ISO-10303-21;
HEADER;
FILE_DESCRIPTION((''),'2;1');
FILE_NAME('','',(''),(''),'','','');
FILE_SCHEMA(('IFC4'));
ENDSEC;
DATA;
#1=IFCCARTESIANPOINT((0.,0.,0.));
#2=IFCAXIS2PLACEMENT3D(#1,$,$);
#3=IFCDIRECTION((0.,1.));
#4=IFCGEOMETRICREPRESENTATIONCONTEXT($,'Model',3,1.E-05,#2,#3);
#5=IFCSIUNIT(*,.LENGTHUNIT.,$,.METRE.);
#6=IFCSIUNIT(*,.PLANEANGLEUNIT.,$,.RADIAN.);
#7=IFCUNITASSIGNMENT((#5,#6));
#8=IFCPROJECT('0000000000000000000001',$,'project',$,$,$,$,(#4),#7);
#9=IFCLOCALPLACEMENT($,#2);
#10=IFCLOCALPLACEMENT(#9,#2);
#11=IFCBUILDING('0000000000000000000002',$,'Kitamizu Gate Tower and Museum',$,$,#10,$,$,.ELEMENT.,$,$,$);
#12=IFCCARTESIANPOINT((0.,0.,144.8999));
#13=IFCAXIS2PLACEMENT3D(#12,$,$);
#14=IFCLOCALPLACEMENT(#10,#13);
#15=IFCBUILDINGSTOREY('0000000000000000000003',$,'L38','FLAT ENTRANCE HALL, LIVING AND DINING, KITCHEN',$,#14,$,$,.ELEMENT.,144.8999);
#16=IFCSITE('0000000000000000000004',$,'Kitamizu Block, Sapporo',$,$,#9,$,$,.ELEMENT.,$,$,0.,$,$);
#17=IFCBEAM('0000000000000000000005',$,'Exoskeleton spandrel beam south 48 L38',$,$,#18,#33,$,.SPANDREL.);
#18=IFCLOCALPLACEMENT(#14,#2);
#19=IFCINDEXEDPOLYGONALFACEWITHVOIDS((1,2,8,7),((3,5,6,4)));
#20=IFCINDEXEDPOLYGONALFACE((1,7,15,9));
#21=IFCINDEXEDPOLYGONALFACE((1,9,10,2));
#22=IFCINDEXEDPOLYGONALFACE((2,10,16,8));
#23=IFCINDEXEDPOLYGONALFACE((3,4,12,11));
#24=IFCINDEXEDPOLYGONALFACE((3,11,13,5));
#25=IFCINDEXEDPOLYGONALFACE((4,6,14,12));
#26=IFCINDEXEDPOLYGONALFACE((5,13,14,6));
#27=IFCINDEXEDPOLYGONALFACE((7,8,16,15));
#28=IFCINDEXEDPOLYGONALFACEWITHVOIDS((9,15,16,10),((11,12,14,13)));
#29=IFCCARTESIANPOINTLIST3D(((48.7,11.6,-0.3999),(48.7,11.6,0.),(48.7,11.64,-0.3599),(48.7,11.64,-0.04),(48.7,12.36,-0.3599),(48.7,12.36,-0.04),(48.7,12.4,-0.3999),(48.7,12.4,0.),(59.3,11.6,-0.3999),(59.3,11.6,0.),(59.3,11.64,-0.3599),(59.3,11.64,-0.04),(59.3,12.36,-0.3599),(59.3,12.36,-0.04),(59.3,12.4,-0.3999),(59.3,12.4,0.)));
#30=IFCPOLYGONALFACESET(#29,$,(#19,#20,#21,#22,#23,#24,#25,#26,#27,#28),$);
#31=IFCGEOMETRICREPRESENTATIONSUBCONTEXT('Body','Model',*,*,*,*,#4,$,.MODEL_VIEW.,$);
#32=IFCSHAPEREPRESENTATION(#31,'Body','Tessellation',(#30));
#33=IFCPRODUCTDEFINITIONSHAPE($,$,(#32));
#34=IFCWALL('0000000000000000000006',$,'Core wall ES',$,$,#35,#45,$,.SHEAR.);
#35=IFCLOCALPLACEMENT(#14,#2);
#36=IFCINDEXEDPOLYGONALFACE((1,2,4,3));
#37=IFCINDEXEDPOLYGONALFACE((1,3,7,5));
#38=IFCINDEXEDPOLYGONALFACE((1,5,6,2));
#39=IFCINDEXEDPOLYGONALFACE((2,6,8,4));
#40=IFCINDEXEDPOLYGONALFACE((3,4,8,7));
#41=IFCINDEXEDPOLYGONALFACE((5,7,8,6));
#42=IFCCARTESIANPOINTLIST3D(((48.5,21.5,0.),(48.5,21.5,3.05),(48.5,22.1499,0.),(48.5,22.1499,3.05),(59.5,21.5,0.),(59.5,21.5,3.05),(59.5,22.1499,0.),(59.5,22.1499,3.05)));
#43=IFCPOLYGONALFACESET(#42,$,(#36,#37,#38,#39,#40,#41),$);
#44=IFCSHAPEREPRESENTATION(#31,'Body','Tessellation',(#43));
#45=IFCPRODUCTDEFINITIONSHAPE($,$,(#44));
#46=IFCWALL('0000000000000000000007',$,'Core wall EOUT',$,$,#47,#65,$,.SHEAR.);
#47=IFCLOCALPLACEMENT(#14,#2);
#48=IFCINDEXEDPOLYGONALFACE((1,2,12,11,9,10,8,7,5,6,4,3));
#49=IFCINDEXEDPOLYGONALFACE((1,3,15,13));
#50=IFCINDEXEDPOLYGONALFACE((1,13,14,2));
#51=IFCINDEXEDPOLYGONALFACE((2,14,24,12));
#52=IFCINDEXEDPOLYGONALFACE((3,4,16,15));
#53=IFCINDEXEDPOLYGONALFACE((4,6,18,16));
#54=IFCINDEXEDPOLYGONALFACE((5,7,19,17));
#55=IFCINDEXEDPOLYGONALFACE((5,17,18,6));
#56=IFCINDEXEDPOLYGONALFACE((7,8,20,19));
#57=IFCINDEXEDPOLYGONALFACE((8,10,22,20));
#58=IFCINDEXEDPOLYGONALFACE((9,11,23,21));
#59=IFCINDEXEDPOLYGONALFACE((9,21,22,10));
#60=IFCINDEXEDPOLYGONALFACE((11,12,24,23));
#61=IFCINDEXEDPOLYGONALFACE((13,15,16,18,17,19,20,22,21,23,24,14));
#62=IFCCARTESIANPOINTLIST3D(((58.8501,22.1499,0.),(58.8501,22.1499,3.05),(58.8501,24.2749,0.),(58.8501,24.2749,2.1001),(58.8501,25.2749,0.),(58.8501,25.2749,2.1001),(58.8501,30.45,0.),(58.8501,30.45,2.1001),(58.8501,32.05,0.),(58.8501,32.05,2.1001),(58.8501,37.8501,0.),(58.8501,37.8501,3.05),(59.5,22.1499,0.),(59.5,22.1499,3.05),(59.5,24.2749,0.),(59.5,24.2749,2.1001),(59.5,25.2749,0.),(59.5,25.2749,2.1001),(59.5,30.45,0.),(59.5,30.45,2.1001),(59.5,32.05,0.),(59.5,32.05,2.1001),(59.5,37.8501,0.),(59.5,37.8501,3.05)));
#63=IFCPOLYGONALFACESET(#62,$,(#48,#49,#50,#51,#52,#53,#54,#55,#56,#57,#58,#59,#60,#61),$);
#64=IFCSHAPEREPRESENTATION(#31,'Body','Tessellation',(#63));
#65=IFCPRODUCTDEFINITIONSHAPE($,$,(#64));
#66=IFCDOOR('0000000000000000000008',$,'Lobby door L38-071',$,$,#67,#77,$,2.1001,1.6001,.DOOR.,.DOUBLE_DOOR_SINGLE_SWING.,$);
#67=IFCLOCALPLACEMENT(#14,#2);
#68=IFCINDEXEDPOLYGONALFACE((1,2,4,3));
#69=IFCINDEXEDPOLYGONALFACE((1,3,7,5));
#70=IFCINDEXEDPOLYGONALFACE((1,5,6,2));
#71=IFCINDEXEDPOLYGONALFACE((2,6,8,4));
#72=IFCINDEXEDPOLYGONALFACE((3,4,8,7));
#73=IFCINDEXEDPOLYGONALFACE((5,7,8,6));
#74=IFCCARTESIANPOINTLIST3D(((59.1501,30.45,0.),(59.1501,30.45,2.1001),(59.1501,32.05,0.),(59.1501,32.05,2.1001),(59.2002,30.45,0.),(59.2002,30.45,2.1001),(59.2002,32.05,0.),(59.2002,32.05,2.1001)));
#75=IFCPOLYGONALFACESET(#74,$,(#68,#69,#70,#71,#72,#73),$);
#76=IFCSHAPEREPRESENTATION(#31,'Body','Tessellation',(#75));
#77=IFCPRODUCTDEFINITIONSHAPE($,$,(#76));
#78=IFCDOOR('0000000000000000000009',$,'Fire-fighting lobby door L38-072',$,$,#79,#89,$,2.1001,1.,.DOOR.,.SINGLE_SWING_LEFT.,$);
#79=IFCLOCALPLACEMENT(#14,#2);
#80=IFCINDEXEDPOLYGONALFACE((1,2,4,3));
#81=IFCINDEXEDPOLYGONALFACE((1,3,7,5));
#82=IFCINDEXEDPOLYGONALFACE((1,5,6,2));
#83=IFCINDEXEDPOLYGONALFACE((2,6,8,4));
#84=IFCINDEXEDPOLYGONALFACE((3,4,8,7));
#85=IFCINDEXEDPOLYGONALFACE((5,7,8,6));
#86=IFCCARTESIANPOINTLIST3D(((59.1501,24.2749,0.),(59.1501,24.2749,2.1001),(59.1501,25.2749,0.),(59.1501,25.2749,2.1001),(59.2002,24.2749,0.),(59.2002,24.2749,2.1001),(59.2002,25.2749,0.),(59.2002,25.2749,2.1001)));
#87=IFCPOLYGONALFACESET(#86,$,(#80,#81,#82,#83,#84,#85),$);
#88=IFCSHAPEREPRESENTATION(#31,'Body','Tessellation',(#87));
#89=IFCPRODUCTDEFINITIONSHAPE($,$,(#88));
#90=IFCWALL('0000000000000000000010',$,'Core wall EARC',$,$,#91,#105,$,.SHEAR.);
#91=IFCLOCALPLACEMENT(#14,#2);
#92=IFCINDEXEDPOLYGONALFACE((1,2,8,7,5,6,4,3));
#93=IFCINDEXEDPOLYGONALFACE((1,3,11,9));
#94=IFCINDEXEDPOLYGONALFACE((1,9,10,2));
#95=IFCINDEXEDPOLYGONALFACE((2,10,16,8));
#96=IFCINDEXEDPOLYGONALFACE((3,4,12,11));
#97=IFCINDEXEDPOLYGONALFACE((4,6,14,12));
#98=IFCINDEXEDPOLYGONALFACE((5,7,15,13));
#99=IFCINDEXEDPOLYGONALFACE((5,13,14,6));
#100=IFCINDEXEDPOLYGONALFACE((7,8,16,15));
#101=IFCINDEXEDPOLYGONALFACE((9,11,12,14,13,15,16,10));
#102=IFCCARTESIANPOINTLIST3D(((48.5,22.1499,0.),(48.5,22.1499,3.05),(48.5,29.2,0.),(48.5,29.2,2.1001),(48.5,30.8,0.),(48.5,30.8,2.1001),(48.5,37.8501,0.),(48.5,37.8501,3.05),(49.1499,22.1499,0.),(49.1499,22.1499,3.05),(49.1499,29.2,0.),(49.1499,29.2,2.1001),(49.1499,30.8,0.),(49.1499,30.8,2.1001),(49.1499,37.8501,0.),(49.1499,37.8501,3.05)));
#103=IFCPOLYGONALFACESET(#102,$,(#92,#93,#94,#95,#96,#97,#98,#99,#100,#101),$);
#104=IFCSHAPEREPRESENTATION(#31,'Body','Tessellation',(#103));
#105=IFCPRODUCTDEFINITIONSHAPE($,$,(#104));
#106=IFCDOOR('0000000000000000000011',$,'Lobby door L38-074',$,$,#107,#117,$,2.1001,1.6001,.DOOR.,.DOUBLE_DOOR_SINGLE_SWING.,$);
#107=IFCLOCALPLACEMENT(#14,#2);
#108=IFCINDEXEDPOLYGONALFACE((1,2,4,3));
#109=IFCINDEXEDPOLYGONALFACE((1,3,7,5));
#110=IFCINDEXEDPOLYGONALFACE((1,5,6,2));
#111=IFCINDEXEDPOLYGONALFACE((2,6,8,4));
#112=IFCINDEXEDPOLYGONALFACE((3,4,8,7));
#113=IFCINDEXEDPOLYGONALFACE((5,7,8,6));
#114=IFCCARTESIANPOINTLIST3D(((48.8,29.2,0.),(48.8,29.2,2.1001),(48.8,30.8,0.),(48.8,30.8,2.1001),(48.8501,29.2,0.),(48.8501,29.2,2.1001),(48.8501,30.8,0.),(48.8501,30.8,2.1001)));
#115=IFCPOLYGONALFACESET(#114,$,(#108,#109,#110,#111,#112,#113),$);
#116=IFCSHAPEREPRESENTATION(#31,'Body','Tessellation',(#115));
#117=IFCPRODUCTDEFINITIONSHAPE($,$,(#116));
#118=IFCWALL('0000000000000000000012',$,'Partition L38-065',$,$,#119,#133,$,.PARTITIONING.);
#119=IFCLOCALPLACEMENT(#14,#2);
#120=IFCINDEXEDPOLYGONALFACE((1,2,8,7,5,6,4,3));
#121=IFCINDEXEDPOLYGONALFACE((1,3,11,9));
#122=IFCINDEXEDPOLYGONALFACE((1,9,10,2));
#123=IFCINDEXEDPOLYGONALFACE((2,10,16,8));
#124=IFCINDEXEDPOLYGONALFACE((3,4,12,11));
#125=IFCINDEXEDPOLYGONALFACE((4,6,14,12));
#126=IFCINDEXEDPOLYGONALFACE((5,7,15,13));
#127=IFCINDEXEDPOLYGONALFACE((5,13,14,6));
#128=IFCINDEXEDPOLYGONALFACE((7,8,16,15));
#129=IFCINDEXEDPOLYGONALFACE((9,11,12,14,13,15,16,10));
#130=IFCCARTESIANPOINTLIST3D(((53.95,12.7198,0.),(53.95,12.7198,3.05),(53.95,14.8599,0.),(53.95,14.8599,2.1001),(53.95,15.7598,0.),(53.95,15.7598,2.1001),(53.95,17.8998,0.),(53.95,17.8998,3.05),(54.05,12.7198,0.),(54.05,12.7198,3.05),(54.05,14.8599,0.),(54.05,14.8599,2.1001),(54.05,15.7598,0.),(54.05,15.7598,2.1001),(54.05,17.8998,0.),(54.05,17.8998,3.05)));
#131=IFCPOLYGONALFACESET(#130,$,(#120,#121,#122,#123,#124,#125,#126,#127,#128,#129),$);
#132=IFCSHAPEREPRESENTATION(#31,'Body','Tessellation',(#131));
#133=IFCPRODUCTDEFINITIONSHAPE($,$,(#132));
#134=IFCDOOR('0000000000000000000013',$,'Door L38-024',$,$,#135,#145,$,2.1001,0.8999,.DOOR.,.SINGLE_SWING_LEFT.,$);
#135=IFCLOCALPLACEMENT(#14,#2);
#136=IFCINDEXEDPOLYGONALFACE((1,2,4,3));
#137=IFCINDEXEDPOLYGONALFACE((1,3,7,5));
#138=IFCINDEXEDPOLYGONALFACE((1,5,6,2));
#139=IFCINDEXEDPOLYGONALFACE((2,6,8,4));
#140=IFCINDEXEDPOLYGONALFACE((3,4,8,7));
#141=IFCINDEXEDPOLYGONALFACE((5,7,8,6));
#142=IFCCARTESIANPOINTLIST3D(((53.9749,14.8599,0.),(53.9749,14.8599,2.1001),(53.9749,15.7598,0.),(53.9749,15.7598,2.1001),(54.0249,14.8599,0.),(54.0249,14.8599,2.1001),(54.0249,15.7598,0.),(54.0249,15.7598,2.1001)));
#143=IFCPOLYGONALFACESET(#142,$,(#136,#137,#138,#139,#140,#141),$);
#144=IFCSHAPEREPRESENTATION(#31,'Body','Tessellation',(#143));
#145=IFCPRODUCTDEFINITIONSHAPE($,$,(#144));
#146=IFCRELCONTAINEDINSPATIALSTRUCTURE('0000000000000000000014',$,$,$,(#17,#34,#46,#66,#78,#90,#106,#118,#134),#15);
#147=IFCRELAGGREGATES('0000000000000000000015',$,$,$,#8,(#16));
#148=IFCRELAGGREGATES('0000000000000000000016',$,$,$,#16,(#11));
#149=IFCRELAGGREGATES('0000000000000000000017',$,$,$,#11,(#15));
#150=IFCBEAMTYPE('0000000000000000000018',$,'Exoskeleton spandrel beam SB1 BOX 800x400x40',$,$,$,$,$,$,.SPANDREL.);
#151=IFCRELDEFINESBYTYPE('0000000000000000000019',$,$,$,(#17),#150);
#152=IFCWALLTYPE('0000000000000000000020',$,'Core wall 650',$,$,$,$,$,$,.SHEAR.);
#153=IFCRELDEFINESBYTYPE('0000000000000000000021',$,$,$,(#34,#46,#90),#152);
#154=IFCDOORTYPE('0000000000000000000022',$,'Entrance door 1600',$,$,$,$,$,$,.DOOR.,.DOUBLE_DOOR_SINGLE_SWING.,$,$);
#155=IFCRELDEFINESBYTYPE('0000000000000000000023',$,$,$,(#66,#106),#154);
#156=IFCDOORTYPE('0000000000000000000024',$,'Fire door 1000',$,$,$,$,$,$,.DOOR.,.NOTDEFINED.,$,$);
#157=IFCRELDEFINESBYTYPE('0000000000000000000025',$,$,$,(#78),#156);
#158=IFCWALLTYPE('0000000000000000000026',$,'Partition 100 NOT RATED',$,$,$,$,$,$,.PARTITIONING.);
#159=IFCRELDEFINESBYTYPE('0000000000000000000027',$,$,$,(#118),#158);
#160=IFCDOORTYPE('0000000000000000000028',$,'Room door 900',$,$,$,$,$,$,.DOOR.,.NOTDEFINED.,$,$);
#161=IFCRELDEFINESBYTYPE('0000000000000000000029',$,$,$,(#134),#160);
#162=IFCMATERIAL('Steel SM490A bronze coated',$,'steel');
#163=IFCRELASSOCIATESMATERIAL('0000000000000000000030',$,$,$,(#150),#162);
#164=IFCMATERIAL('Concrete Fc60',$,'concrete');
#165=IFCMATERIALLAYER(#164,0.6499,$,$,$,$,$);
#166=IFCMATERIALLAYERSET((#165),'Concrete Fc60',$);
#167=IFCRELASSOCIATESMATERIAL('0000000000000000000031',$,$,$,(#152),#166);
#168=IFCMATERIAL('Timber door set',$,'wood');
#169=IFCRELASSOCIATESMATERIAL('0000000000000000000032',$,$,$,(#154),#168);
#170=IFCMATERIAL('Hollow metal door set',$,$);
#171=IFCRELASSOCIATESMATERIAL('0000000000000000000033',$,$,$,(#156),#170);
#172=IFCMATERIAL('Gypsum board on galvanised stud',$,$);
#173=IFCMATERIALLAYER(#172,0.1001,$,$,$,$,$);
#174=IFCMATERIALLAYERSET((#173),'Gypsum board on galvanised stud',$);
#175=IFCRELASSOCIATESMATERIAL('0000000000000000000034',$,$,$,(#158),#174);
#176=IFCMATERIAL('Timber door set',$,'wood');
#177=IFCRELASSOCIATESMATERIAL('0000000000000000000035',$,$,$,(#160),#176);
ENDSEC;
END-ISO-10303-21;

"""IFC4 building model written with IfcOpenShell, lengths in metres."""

from ifc_helpers import new_model, si_unit, direction, frame, frame_2d, origin, origin_2d, place, context, subcontext, project, spatial, rectangle, hollow_rectangle, extrude, material, layer, layer_set, material_profile, profile_set, type_object, element, fill, save


model = new_model("IFC4")

# Units and contexts
model_context = context("Model", 3, precision=1e-05, world=origin(), true_north=direction((0.0, 1.0)))
body_context = subcontext(model_context, "Body", "Model", "MODEL_VIEW")
ifc_project = project(units=[si_unit("LENGTHUNIT", "METRE"), si_unit("PLANEANGLEUNIT", "RADIAN")], contexts=[model_context])

# Site, building, storey
site_placement = place(None, origin())
site = spatial("IfcSite", under=ifc_project, at=site_placement, Name="Kitamizu Block, Sapporo", CompositionType="ELEMENT", RefElevation=0.0)
building_placement = place(site_placement, origin())
building = spatial("IfcBuilding", under=site, at=building_placement, Name="Kitamizu Gate Tower and Museum", CompositionType="ELEMENT")
storey_placement = place(building_placement, frame((0.0, 0.0, 144.8999)))
storey = spatial("IfcBuildingStorey", under=building, at=storey_placement, Name="L38", Description="FLAT ENTRANCE HALL, LIVING AND DINING, KITCHEN", CompositionType="ELEMENT", Elevation=144.8999)

# Beam
ifc_material_1 = material(Name="Steel SM490A bronze coated", Category="steel")
ifc_material_profile = material_profile(ifc_material_1, hollow_rectangle(XDim=0.8, YDim=0.3999, WallThickness=0.04, at=origin_2d()), Name="BOX 800x400x40")
ifc_profile_set = profile_set([ifc_material_profile], Name="Steel SM490A bronze coated")
beam_type = type_object("IfcBeamType", Name="Exoskeleton spandrel beam SB1 BOX 800x400x40", PredefinedType="SPANDREL", material=ifc_profile_set)
beam_placement = place(storey_placement, frame((48.7, 12.0, -0.2), z_axis=(1.0, 0.0, 0.0), x_axis=(0.0, 1.0, 0.0)))
element("IfcBeam", 1, at=beam_placement, inside=storey, type_object=beam_type, Name="Exoskeleton spandrel beam south 48 L38", PredefinedType="SPANDREL", context=body_context, shape_type="SweptSolid", body=[
    extrude(hollow_rectangle(XDim=0.8, YDim=0.3999, WallThickness=0.04, at=origin_2d()), origin(), (0.0, 0.0, 1.0), 10.6001),
])

# Wall
ifc_material_2 = material(Name="Concrete Fc60", Category="concrete")
ifc_layer_1 = layer(ifc_material_2, 0.6499)
ifc_layer_set_1 = layer_set([ifc_layer_1], Name="Concrete Fc60")
wall_type_1 = type_object("IfcWallType", Name="Core wall 650", PredefinedType="SHEAR", material=ifc_layer_set_1)
wall_1_placement = place(storey_placement, frame((59.5, 21.825, 0.0), z_axis=(0.0, 0.0, 1.0), x_axis=(-1.0, 0.0, 0.0)))
element("IfcWall", 2, at=wall_1_placement, inside=storey, type_object=wall_type_1, Name="Core wall ES", PredefinedType="SHEAR", context=body_context, shape_type="SweptSolid", body=[
    extrude(rectangle(XDim=11.0, YDim=0.6499, at=frame_2d((5.5, 0.0))), origin(), (0.0, 0.0, 1.0), 3.05),
])

# Wall, openings, doors
wall_2_placement = place(storey_placement, frame((59.175, 22.1499, 0.0), z_axis=(0.0, 0.0, 1.0), x_axis=(0.0, 1.0, 0.0)))
wall_2 = element("IfcWall", 3, at=wall_2_placement, inside=storey, type_object=wall_type_1, Name="Core wall EOUT", PredefinedType="SHEAR", context=body_context, shape_type="SweptSolid", body=[
    extrude(rectangle(XDim=15.7002, YDim=0.6499, at=frame_2d((7.8501, 0.0))), origin(), (0.0, 0.0, 1.0), 3.05),
])
opening_1_placement = place(wall_2_placement, frame((8.3, 0.0, 0.0)))
opening_1 = element("IfcOpeningElement", 4, at=opening_1_placement, cuts=wall_2, PredefinedType="OPENING", context=body_context, shape_type="SweptSolid", body=[
    extrude(rectangle(XDim=1.6001, YDim=2.1001, at=frame_2d((0.8, 1.05))), frame((0.0, 0.335, 0.0), z_axis=(0.0, -1.0, 0.0), x_axis=(1.0, 0.0, 0.0)), (0.0, 0.0, 1.0), 0.6699),
])
opening_2_placement = place(wall_2_placement, frame((2.125, 0.0, 0.0)))
opening_2 = element("IfcOpeningElement", 5, at=opening_2_placement, cuts=wall_2, PredefinedType="OPENING", context=body_context, shape_type="SweptSolid", body=[
    extrude(rectangle(XDim=1.0, YDim=2.1001, at=frame_2d((0.5, 1.05))), frame((0.0, 0.335, 0.0), z_axis=(0.0, -1.0, 0.0), x_axis=(1.0, 0.0, 0.0)), (0.0, 0.0, 1.0), 0.6699),
])
ifc_material_3 = material(Name="Timber door set", Category="wood")
door_type_1 = type_object("IfcDoorType", Name="Entrance door 1600", OperationType="DOUBLE_DOOR_SINGLE_SWING", PredefinedType="DOOR", material=ifc_material_3)
door_1_placement = place(opening_1_placement, origin())
door_1 = element("IfcDoor", 6, at=door_1_placement, inside=storey, type_object=door_type_1, Name="Lobby door L38-071", OperationType="DOUBLE_DOOR_SINGLE_SWING", OverallHeight=2.1001, OverallWidth=1.6001, PredefinedType="DOOR", context=body_context, shape_type="SweptSolid", body=[
    extrude(rectangle(XDim=1.6001, YDim=2.1001, at=frame_2d((0.8, 1.05))), frame((0.0, 0.0249, 0.0), z_axis=(0.0, -1.0, 0.0), x_axis=(1.0, 0.0, 0.0)), (0.0, 0.0, 1.0), 0.05),
])
fill(opening_1, door_1)
ifc_material_4 = material(Name="Hollow metal door set")
door_type_2 = type_object("IfcDoorType", Name="Fire door 1000", OperationType="NOTDEFINED", PredefinedType="DOOR", material=ifc_material_4)
door_2_placement = place(opening_2_placement, origin())
door_2 = element("IfcDoor", 7, at=door_2_placement, inside=storey, type_object=door_type_2, Name="Fire-fighting lobby door L38-072", OperationType="SINGLE_SWING_LEFT", OverallHeight=2.1001, OverallWidth=1.0, PredefinedType="DOOR", context=body_context, shape_type="SweptSolid", body=[
    extrude(rectangle(XDim=1.0, YDim=2.1001, at=frame_2d((0.5, 1.05))), frame((0.0, 0.0249, 0.0), z_axis=(0.0, -1.0, 0.0), x_axis=(1.0, 0.0, 0.0)), (0.0, 0.0, 1.0), 0.05),
])
fill(opening_2, door_2)

# Walls, openings, doors
wall_3_placement = place(storey_placement, frame((48.825, 22.1499, 0.0), z_axis=(0.0, 0.0, 1.0), x_axis=(0.0, 1.0, 0.0)))
wall_3 = element("IfcWall", 8, at=wall_3_placement, inside=storey, type_object=wall_type_1, Name="Core wall EARC", PredefinedType="SHEAR", context=body_context, shape_type="SweptSolid", body=[
    extrude(rectangle(XDim=15.7002, YDim=0.6499, at=frame_2d((7.8501, 0.0))), origin(), (0.0, 0.0, 1.0), 3.05),
])
opening_3_placement = place(wall_3_placement, frame((7.05, 0.0, 0.0)))
opening_3 = element("IfcOpeningElement", 9, at=opening_3_placement, cuts=wall_3, PredefinedType="OPENING", context=body_context, shape_type="SweptSolid", body=[
    extrude(rectangle(XDim=1.6001, YDim=2.1001, at=frame_2d((0.8, 1.05))), frame((0.0, 0.335, 0.0), z_axis=(0.0, -1.0, 0.0), x_axis=(1.0, 0.0, 0.0)), (0.0, 0.0, 1.0), 0.6699),
])
door_3_placement = place(opening_3_placement, origin())
door_3 = element("IfcDoor", 10, at=door_3_placement, inside=storey, type_object=door_type_1, Name="Lobby door L38-074", OperationType="DOUBLE_DOOR_SINGLE_SWING", OverallHeight=2.1001, OverallWidth=1.6001, PredefinedType="DOOR", context=body_context, shape_type="SweptSolid", body=[
    extrude(rectangle(XDim=1.6001, YDim=2.1001, at=frame_2d((0.8, 1.05))), frame((0.0, 0.0249, 0.0), z_axis=(0.0, -1.0, 0.0), x_axis=(1.0, 0.0, 0.0)), (0.0, 0.0, 1.0), 0.05),
])
fill(opening_3, door_3)
ifc_material_5 = material(Name="Gypsum board on galvanised stud")
ifc_layer_2 = layer(ifc_material_5, 0.1001)
ifc_layer_set_2 = layer_set([ifc_layer_2], Name="Gypsum board on galvanised stud")
wall_type_2 = type_object("IfcWallType", Name="Partition 100 NOT RATED", PredefinedType="PARTITIONING", material=ifc_layer_set_2)
wall_4_placement = place(storey_placement, frame((54.0, 12.72, 0.0), z_axis=(0.0, 0.0, 1.0), x_axis=(0.0, 1.0, 0.0)))
wall_4 = element("IfcWall", 11, at=wall_4_placement, inside=storey, type_object=wall_type_2, Name="Partition L38-065", PredefinedType="PARTITIONING", context=body_context, shape_type="SweptSolid", body=[
    extrude(rectangle(XDim=5.1799, YDim=0.1001, at=frame_2d((2.5898, 0.0))), origin(), (0.0, 0.0, 1.0), 3.05),
])
opening_4_placement = place(wall_4_placement, frame((2.1399, 0.0, 0.0)))
opening_4 = element("IfcOpeningElement", 12, at=opening_4_placement, cuts=wall_4, PredefinedType="OPENING", context=body_context, shape_type="SweptSolid", body=[
    extrude(rectangle(XDim=0.8999, YDim=2.1001, at=frame_2d((0.45, 1.05))), frame((0.0, 0.0601, 0.0), z_axis=(0.0, -1.0, 0.0), x_axis=(1.0, 0.0, 0.0)), (0.0, 0.0, 1.0), 0.1201),
])
ifc_material_6 = material(Name="Timber door set", Category="wood")
door_type_3 = type_object("IfcDoorType", Name="Room door 900", OperationType="NOTDEFINED", PredefinedType="DOOR", material=ifc_material_6)
door_4_placement = place(opening_4_placement, frame((0.8999, 0.0, 0.0), x_axis=(-1.0, 0.0, 0.0)))
door_4 = element("IfcDoor", 13, at=door_4_placement, inside=storey, type_object=door_type_3, Name="Door L38-024", OperationType="SINGLE_SWING_LEFT", OverallHeight=2.1001, OverallWidth=0.8999, PredefinedType="DOOR", context=body_context, shape_type="SweptSolid", body=[
    extrude(rectangle(XDim=0.8999, YDim=2.1001, at=frame_2d((0.45, 1.05))), frame((0.0, 0.0249, 0.0), z_axis=(0.0, -1.0, 0.0), x_axis=(1.0, 0.0, 0.0)), (0.0, 0.0, 1.0), 0.05),
])
fill(opening_4, door_4)

save(model, "model.ifc")
